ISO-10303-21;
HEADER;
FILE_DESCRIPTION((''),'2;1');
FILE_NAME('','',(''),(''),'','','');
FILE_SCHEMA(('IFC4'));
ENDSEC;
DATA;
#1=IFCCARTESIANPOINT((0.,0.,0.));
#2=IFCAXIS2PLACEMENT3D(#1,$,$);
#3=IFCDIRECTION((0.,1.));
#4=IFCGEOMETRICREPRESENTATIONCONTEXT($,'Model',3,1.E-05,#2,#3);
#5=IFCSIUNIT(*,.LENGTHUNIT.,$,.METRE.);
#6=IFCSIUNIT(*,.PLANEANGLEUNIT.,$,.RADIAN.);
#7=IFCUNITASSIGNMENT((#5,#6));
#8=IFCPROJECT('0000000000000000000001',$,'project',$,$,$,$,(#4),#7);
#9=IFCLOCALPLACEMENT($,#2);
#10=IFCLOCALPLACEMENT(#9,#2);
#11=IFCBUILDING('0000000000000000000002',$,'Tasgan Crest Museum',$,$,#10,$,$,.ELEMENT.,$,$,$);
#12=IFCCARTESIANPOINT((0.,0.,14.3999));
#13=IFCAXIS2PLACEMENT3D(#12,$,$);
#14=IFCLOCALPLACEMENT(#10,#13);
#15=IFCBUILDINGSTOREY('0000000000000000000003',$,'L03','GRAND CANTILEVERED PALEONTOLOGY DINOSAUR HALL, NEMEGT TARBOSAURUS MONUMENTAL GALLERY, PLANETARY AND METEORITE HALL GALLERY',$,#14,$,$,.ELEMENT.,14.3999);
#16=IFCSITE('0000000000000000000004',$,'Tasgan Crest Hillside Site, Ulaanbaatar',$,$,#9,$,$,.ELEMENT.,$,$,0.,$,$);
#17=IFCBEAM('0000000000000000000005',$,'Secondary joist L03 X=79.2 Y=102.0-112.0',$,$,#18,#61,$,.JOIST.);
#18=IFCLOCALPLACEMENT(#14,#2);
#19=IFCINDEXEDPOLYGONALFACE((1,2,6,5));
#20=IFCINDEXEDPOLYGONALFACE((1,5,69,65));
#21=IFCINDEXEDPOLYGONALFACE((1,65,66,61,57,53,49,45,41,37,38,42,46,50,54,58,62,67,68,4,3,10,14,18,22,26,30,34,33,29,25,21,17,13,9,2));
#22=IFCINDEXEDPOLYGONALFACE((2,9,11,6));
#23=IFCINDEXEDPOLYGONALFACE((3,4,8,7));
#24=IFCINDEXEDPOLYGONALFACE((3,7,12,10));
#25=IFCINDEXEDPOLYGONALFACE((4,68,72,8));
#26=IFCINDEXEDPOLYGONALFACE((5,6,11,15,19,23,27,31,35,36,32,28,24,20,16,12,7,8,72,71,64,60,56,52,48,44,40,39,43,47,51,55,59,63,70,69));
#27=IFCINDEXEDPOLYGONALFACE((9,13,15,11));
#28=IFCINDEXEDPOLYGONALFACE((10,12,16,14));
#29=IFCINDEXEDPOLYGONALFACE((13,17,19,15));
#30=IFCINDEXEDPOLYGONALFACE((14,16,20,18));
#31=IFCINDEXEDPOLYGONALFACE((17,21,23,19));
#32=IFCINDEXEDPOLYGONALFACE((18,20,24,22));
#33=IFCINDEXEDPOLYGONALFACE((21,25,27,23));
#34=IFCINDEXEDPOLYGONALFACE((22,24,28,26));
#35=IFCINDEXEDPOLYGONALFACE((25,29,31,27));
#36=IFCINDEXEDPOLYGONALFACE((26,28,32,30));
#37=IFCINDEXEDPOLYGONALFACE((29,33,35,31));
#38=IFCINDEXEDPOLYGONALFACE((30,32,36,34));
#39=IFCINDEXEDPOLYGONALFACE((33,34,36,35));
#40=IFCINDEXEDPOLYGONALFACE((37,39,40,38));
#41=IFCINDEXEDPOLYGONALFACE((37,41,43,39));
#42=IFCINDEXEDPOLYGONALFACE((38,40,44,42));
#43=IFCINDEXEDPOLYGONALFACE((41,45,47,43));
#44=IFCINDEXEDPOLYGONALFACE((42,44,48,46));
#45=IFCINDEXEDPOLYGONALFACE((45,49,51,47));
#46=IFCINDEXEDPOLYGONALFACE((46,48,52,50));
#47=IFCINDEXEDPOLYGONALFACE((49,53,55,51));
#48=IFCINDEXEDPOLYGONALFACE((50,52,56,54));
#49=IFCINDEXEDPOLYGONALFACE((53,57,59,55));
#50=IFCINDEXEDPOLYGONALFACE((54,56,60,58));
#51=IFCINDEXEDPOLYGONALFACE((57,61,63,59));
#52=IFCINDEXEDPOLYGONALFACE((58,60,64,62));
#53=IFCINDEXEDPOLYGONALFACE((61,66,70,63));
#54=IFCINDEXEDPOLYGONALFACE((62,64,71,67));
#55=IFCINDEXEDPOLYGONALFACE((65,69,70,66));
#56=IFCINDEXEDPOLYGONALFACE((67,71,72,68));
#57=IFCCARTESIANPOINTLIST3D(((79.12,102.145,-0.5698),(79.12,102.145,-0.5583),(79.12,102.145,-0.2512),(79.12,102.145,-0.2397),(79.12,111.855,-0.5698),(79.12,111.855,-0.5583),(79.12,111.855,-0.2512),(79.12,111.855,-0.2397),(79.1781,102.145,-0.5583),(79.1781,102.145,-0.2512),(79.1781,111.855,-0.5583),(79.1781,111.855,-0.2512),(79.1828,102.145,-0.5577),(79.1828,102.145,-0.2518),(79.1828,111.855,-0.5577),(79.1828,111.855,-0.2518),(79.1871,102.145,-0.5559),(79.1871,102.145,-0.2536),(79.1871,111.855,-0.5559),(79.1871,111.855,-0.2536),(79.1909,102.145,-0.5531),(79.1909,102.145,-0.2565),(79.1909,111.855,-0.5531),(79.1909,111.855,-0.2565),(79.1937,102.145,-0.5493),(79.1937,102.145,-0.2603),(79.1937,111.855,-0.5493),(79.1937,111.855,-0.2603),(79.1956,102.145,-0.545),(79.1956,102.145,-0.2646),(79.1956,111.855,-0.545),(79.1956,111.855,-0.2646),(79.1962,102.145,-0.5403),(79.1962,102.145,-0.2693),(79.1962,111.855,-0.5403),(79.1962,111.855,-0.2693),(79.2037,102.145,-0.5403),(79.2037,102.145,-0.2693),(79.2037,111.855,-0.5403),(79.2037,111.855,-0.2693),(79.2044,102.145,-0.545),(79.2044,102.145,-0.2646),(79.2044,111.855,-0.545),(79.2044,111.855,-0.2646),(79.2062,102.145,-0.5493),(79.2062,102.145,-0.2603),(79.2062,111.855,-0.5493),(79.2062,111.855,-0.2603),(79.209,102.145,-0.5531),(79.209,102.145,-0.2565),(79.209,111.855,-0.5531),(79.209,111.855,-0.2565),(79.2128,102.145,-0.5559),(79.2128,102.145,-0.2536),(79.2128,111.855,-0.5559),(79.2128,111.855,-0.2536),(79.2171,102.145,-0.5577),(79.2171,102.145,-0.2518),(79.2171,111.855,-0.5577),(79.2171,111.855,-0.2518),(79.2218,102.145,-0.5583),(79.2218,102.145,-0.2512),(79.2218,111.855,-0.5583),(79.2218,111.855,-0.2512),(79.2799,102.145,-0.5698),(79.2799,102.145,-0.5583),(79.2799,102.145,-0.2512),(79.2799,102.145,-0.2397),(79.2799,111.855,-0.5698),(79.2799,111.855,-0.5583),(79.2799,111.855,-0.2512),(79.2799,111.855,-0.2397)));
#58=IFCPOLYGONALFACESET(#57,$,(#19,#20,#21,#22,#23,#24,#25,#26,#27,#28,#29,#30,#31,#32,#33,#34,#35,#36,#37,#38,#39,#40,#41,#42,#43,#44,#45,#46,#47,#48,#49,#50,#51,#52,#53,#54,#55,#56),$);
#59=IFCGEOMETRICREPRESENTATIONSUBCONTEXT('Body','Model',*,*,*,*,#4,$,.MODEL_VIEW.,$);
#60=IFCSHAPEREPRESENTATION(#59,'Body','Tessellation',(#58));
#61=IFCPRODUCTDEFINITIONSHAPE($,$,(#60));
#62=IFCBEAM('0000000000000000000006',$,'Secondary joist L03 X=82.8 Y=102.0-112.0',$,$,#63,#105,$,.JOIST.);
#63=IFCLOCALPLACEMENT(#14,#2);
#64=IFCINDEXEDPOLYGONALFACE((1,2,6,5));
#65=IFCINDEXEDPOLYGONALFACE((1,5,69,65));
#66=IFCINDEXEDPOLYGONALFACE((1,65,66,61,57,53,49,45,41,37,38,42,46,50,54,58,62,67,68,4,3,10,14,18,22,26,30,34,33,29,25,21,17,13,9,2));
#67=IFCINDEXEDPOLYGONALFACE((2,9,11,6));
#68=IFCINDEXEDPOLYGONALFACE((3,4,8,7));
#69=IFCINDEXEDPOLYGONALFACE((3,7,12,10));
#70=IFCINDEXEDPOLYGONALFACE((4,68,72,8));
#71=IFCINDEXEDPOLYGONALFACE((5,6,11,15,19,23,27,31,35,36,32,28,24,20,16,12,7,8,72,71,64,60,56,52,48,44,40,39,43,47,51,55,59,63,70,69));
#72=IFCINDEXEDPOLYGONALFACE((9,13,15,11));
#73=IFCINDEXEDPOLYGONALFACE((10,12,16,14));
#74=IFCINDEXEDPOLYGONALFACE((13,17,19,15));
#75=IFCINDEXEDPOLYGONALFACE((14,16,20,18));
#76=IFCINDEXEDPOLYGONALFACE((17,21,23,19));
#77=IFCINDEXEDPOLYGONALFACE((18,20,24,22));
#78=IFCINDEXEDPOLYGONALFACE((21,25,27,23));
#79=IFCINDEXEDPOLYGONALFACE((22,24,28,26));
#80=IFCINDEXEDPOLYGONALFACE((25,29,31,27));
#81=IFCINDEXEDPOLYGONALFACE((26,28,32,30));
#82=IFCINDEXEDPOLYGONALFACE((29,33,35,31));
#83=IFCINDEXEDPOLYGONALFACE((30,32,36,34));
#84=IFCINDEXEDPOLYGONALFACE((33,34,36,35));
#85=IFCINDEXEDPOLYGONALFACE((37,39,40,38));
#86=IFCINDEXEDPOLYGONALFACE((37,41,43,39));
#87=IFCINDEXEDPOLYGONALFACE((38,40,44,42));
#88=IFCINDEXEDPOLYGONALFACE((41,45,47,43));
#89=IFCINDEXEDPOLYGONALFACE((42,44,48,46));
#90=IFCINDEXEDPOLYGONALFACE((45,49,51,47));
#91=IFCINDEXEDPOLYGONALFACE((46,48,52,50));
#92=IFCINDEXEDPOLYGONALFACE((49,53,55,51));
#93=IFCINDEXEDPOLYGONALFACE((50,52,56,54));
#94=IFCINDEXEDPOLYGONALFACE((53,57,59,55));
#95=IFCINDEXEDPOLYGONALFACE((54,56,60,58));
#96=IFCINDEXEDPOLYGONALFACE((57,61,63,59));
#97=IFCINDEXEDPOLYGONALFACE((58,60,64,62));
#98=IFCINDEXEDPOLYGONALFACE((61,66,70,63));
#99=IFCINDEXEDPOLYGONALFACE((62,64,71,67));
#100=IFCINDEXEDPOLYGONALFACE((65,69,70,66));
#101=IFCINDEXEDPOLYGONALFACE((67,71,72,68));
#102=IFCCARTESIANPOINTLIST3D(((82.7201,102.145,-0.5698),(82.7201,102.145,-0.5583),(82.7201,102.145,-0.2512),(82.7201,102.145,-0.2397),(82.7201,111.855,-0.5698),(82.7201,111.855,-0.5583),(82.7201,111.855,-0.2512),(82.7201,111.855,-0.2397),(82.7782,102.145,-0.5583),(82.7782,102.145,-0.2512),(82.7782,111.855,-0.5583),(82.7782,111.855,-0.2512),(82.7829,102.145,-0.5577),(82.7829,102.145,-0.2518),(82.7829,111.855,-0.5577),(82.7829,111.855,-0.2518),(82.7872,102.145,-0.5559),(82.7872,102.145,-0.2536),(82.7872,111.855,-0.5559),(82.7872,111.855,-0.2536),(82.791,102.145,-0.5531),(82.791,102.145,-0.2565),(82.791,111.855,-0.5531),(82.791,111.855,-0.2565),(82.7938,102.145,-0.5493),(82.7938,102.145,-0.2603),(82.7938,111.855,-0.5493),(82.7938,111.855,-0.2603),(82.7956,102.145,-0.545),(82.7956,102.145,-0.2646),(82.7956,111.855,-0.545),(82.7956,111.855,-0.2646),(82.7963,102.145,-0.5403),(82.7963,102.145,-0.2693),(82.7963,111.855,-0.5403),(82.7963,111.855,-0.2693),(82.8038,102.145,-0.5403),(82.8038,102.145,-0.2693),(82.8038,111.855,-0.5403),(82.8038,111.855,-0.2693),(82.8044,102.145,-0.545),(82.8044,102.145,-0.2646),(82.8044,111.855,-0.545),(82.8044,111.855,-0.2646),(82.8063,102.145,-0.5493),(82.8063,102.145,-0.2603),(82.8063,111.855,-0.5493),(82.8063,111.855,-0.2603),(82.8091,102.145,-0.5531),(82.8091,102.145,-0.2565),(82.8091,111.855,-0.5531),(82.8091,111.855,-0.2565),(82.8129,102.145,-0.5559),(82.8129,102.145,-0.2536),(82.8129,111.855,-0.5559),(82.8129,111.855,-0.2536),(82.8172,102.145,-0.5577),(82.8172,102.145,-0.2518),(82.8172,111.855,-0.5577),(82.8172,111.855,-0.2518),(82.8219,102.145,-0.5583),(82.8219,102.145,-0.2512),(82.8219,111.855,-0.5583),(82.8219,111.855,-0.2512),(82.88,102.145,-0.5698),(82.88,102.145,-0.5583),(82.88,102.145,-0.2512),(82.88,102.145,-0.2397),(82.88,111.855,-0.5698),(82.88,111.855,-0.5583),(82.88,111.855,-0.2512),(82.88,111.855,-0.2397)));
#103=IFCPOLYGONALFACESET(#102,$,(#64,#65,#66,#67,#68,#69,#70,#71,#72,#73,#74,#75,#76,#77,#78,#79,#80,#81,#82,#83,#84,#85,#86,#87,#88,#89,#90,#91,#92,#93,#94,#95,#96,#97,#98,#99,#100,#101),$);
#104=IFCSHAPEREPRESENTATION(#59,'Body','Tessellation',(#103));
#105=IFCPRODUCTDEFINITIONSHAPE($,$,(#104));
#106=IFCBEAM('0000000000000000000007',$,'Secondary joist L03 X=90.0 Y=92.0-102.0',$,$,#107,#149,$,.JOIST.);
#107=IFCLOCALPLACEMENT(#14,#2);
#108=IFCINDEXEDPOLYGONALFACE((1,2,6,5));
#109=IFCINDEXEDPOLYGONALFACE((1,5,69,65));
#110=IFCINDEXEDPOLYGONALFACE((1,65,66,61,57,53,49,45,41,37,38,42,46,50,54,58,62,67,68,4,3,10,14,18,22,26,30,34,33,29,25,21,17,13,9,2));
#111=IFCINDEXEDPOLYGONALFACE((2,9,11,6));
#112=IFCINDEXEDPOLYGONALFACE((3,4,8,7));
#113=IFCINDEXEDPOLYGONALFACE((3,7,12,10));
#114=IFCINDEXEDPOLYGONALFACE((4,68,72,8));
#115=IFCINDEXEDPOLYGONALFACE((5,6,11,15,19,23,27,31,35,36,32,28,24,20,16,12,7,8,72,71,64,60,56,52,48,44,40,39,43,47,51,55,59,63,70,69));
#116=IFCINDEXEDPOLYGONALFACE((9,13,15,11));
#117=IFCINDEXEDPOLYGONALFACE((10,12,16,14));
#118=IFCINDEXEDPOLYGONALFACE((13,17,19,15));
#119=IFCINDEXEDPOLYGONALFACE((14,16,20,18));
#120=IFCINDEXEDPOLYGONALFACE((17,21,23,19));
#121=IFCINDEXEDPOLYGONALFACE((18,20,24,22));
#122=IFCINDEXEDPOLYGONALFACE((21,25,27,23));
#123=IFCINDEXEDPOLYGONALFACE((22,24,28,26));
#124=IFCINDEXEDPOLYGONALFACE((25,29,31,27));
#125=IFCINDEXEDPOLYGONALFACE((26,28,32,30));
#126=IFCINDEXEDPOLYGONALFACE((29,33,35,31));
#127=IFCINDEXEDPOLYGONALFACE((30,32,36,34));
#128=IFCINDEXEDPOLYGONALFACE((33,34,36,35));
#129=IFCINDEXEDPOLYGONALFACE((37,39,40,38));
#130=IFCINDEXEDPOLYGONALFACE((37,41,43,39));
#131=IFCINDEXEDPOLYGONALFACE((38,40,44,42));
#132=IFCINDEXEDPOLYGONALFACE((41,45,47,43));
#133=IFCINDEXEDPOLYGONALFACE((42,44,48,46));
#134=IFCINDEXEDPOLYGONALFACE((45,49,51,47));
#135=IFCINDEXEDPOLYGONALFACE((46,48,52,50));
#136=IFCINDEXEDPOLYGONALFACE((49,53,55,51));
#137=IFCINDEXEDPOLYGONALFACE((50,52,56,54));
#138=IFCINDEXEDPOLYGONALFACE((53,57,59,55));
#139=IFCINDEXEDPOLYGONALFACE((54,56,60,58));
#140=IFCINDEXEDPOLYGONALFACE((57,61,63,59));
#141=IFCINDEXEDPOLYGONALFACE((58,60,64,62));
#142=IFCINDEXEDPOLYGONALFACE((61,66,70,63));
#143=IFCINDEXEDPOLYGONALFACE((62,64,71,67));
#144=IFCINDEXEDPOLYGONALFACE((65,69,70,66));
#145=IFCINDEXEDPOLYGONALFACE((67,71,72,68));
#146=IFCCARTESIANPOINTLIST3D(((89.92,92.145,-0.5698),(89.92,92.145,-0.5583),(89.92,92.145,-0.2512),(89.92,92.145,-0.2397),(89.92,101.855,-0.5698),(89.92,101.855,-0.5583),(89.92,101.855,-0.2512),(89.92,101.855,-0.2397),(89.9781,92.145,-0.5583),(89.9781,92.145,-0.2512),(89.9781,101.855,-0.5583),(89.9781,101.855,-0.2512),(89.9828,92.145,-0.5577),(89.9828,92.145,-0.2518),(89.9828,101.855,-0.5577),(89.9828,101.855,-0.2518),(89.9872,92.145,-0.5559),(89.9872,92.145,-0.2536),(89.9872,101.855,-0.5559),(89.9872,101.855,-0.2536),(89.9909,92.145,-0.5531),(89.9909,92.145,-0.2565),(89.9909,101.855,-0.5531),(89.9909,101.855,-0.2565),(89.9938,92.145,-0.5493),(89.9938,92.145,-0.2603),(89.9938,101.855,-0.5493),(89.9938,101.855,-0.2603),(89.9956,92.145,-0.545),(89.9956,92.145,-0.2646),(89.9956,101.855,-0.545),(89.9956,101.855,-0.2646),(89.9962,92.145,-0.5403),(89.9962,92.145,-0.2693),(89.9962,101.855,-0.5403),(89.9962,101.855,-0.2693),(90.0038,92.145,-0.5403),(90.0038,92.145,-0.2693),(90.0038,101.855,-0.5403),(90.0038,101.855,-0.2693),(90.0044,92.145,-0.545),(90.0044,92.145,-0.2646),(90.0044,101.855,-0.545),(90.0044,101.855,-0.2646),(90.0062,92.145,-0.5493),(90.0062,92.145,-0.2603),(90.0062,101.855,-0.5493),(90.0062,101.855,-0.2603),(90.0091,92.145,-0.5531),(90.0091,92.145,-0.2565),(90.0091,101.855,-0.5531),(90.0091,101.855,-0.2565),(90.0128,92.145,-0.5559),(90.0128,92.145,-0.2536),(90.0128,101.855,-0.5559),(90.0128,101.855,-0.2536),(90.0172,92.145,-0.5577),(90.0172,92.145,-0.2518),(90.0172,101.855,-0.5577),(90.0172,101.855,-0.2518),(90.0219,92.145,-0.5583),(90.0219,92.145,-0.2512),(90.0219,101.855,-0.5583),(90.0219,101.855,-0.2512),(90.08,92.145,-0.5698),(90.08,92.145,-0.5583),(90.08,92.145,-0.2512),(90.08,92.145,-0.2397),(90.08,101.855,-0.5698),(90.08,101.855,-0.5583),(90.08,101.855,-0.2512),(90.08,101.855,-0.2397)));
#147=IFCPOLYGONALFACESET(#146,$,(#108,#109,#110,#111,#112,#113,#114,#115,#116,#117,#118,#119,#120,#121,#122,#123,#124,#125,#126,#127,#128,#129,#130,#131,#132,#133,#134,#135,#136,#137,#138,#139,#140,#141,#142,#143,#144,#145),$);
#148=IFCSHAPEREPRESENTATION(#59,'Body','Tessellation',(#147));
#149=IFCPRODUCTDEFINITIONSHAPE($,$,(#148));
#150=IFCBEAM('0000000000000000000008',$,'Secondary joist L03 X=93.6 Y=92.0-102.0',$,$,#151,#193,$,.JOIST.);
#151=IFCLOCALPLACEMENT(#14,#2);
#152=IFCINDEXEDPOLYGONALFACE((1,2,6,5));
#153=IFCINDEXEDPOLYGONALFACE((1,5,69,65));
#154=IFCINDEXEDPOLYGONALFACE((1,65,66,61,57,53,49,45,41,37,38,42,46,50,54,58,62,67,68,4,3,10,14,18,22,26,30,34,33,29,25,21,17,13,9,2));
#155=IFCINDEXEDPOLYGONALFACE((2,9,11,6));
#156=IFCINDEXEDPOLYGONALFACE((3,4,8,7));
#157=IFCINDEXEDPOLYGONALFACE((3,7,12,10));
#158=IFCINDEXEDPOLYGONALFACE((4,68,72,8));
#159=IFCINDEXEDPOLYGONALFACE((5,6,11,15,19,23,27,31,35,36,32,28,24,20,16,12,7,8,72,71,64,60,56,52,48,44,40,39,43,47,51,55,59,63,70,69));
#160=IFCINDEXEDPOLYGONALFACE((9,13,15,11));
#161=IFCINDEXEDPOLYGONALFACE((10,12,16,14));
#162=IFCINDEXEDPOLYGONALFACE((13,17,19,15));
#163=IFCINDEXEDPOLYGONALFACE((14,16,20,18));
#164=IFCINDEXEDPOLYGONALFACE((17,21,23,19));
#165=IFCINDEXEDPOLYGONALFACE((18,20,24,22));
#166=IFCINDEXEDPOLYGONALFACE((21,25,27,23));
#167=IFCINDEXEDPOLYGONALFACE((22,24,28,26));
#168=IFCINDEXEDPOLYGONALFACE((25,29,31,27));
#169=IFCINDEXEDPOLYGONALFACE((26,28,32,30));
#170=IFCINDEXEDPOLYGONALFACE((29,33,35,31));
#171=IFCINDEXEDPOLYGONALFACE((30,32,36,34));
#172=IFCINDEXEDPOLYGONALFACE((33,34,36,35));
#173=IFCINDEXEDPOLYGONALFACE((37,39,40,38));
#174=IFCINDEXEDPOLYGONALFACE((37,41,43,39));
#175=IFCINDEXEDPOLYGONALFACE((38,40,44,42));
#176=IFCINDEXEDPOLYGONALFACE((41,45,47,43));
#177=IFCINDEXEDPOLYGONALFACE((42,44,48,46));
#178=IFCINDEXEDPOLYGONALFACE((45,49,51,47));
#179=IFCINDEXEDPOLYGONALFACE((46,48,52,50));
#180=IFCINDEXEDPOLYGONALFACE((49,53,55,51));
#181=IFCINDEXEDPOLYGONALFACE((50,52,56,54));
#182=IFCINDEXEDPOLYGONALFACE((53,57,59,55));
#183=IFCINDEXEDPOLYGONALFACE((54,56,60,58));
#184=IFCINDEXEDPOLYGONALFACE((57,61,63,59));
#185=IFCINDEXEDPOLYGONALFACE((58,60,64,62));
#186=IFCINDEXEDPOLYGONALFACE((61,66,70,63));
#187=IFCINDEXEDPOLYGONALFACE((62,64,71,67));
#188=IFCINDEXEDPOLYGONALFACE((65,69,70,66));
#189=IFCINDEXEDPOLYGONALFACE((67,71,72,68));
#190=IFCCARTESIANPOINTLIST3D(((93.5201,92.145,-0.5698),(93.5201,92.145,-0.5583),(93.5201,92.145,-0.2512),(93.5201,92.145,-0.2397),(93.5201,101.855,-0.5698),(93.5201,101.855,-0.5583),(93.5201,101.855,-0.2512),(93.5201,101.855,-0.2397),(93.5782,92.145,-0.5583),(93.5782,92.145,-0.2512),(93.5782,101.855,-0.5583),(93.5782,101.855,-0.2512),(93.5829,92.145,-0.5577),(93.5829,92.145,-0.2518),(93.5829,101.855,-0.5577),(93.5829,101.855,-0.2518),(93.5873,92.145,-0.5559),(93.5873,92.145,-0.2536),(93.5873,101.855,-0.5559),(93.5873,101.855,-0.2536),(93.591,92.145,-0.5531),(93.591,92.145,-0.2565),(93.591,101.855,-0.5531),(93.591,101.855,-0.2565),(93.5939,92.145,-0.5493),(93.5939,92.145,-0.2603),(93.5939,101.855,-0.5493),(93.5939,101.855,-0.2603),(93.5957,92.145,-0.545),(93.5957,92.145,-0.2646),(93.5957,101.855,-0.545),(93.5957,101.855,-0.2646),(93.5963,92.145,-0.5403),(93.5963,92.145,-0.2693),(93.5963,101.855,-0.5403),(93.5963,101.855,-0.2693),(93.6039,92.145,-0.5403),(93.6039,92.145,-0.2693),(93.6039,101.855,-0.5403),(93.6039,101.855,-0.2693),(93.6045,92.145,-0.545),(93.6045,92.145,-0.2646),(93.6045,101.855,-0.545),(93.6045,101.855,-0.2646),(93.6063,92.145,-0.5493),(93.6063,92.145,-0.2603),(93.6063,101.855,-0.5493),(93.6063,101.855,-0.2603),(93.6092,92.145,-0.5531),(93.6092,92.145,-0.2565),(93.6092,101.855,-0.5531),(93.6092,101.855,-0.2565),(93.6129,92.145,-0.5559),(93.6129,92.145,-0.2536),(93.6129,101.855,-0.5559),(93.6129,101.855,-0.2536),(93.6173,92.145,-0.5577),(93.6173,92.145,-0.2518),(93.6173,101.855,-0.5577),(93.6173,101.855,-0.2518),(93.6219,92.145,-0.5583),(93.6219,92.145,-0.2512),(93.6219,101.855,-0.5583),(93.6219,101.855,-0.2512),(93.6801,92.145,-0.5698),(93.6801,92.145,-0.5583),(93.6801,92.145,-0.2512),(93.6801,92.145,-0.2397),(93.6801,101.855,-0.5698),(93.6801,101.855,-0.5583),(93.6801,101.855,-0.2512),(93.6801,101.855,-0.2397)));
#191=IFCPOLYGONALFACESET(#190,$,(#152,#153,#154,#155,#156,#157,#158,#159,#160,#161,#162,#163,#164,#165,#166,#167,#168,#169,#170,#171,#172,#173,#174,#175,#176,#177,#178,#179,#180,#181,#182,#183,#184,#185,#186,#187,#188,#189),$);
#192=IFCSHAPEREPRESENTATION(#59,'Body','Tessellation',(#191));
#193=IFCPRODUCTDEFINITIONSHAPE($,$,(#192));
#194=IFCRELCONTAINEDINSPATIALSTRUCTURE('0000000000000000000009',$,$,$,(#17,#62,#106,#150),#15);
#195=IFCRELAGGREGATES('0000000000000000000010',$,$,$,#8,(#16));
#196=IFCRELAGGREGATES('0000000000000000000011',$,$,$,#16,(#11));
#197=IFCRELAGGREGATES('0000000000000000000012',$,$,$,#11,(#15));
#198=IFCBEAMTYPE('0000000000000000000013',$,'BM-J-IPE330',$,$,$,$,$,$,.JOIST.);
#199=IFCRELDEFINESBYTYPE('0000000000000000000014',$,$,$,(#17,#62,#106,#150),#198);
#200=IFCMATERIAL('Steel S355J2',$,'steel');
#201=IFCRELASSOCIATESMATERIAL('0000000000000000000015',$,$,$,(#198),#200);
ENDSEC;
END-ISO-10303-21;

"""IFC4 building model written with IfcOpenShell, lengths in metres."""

from ifc_helpers import new_model, si_unit, direction, frame, origin, origin_2d, place, context, subcontext, project, spatial, i_section, extrude, material, material_profile, profile_set, type_object, element, save


model = new_model("IFC4")

# Units and contexts
model_context = context("Model", 3, precision=1e-05, world=origin(), true_north=direction((0.0, 1.0)))
body_context = subcontext(model_context, "Body", "Model", "MODEL_VIEW")
ifc_project = project(units=[si_unit("LENGTHUNIT", "METRE"), si_unit("PLANEANGLEUNIT", "RADIAN")], contexts=[model_context])

# Site, building, storey
site_placement = place(None, origin())
site = spatial("IfcSite", under=ifc_project, at=site_placement, Name="Tasgan Crest Hillside Site, Ulaanbaatar", CompositionType="ELEMENT", RefElevation=0.0)
building_placement = place(site_placement, origin())
building = spatial("IfcBuilding", under=site, at=building_placement, Name="Tasgan Crest Museum", CompositionType="ELEMENT")
storey_placement = place(building_placement, frame((0.0, 0.0, 14.3999)))
storey = spatial("IfcBuildingStorey", under=building, at=storey_placement, Name="L03", Description="GRAND CANTILEVERED PALEONTOLOGY DINOSAUR HALL, NEMEGT TARBOSAURUS MONUMENTAL GALLERY, PLANETARY AND METEORITE HALL GALLERY", CompositionType="ELEMENT", Elevation=14.3999)

# Beams
ifc_material_1 = material(Name="Steel S355J2", Category="steel")
ifc_material_profile_1 = material_profile(ifc_material_1, i_section(OverallWidth=0.1599, OverallDepth=0.3301, WebThickness=0.0076, FlangeThickness=0.0115, FilletRadius=0.0181, at=origin_2d()), Name="IPE 330")
ifc_profile_set_1 = profile_set([ifc_material_profile_1], Name="Steel S355J2")
beam_type_1 = type_object("IfcBeamType", Name="BM-J-IPE330", PredefinedType="JOIST", material=ifc_profile_set_1)
for number, where, z_axis, x_axis, name in (
    (1, (79.2, 102.145, -0.4048), (0.0, 1.0, 0.0), (-1.0, 0.0, 0.0), "Secondary joist L03 X=79.2 Y=102.0-112.0"),
    (2, (82.8, 102.145, -0.4048), (0.0, 1.0, 0.0), (-1.0, 0.0, 0.0), "Secondary joist L03 X=82.8 Y=102.0-112.0"),
    (3, (90.0, 92.145, -0.4048), (0.0, 1.0, 0.0), (-1.0, 0.0, 0.0), "Secondary joist L03 X=90.0 Y=92.0-102.0"),
    (4, (93.6001, 92.145, -0.4048), (0.0, 1.0, 0.0), (-1.0, 0.0, 0.0), "Secondary joist L03 X=93.6 Y=92.0-102.0"),
):
    element("IfcBeam", number, at=place(storey_placement, frame(where, z_axis=z_axis, x_axis=x_axis)), inside=storey, type_object=beam_type_1, Name=name, PredefinedType="JOIST", context=body_context, shape_type="SweptSolid", body=[
        extrude(i_section(OverallWidth=0.1599, OverallDepth=0.3301, WebThickness=0.0076, FlangeThickness=0.0115, FilletRadius=0.0181, at=origin_2d()), origin(), (0.0, 0.0, 1.0), 9.71),
    ])

save(model, "model.ifc")
